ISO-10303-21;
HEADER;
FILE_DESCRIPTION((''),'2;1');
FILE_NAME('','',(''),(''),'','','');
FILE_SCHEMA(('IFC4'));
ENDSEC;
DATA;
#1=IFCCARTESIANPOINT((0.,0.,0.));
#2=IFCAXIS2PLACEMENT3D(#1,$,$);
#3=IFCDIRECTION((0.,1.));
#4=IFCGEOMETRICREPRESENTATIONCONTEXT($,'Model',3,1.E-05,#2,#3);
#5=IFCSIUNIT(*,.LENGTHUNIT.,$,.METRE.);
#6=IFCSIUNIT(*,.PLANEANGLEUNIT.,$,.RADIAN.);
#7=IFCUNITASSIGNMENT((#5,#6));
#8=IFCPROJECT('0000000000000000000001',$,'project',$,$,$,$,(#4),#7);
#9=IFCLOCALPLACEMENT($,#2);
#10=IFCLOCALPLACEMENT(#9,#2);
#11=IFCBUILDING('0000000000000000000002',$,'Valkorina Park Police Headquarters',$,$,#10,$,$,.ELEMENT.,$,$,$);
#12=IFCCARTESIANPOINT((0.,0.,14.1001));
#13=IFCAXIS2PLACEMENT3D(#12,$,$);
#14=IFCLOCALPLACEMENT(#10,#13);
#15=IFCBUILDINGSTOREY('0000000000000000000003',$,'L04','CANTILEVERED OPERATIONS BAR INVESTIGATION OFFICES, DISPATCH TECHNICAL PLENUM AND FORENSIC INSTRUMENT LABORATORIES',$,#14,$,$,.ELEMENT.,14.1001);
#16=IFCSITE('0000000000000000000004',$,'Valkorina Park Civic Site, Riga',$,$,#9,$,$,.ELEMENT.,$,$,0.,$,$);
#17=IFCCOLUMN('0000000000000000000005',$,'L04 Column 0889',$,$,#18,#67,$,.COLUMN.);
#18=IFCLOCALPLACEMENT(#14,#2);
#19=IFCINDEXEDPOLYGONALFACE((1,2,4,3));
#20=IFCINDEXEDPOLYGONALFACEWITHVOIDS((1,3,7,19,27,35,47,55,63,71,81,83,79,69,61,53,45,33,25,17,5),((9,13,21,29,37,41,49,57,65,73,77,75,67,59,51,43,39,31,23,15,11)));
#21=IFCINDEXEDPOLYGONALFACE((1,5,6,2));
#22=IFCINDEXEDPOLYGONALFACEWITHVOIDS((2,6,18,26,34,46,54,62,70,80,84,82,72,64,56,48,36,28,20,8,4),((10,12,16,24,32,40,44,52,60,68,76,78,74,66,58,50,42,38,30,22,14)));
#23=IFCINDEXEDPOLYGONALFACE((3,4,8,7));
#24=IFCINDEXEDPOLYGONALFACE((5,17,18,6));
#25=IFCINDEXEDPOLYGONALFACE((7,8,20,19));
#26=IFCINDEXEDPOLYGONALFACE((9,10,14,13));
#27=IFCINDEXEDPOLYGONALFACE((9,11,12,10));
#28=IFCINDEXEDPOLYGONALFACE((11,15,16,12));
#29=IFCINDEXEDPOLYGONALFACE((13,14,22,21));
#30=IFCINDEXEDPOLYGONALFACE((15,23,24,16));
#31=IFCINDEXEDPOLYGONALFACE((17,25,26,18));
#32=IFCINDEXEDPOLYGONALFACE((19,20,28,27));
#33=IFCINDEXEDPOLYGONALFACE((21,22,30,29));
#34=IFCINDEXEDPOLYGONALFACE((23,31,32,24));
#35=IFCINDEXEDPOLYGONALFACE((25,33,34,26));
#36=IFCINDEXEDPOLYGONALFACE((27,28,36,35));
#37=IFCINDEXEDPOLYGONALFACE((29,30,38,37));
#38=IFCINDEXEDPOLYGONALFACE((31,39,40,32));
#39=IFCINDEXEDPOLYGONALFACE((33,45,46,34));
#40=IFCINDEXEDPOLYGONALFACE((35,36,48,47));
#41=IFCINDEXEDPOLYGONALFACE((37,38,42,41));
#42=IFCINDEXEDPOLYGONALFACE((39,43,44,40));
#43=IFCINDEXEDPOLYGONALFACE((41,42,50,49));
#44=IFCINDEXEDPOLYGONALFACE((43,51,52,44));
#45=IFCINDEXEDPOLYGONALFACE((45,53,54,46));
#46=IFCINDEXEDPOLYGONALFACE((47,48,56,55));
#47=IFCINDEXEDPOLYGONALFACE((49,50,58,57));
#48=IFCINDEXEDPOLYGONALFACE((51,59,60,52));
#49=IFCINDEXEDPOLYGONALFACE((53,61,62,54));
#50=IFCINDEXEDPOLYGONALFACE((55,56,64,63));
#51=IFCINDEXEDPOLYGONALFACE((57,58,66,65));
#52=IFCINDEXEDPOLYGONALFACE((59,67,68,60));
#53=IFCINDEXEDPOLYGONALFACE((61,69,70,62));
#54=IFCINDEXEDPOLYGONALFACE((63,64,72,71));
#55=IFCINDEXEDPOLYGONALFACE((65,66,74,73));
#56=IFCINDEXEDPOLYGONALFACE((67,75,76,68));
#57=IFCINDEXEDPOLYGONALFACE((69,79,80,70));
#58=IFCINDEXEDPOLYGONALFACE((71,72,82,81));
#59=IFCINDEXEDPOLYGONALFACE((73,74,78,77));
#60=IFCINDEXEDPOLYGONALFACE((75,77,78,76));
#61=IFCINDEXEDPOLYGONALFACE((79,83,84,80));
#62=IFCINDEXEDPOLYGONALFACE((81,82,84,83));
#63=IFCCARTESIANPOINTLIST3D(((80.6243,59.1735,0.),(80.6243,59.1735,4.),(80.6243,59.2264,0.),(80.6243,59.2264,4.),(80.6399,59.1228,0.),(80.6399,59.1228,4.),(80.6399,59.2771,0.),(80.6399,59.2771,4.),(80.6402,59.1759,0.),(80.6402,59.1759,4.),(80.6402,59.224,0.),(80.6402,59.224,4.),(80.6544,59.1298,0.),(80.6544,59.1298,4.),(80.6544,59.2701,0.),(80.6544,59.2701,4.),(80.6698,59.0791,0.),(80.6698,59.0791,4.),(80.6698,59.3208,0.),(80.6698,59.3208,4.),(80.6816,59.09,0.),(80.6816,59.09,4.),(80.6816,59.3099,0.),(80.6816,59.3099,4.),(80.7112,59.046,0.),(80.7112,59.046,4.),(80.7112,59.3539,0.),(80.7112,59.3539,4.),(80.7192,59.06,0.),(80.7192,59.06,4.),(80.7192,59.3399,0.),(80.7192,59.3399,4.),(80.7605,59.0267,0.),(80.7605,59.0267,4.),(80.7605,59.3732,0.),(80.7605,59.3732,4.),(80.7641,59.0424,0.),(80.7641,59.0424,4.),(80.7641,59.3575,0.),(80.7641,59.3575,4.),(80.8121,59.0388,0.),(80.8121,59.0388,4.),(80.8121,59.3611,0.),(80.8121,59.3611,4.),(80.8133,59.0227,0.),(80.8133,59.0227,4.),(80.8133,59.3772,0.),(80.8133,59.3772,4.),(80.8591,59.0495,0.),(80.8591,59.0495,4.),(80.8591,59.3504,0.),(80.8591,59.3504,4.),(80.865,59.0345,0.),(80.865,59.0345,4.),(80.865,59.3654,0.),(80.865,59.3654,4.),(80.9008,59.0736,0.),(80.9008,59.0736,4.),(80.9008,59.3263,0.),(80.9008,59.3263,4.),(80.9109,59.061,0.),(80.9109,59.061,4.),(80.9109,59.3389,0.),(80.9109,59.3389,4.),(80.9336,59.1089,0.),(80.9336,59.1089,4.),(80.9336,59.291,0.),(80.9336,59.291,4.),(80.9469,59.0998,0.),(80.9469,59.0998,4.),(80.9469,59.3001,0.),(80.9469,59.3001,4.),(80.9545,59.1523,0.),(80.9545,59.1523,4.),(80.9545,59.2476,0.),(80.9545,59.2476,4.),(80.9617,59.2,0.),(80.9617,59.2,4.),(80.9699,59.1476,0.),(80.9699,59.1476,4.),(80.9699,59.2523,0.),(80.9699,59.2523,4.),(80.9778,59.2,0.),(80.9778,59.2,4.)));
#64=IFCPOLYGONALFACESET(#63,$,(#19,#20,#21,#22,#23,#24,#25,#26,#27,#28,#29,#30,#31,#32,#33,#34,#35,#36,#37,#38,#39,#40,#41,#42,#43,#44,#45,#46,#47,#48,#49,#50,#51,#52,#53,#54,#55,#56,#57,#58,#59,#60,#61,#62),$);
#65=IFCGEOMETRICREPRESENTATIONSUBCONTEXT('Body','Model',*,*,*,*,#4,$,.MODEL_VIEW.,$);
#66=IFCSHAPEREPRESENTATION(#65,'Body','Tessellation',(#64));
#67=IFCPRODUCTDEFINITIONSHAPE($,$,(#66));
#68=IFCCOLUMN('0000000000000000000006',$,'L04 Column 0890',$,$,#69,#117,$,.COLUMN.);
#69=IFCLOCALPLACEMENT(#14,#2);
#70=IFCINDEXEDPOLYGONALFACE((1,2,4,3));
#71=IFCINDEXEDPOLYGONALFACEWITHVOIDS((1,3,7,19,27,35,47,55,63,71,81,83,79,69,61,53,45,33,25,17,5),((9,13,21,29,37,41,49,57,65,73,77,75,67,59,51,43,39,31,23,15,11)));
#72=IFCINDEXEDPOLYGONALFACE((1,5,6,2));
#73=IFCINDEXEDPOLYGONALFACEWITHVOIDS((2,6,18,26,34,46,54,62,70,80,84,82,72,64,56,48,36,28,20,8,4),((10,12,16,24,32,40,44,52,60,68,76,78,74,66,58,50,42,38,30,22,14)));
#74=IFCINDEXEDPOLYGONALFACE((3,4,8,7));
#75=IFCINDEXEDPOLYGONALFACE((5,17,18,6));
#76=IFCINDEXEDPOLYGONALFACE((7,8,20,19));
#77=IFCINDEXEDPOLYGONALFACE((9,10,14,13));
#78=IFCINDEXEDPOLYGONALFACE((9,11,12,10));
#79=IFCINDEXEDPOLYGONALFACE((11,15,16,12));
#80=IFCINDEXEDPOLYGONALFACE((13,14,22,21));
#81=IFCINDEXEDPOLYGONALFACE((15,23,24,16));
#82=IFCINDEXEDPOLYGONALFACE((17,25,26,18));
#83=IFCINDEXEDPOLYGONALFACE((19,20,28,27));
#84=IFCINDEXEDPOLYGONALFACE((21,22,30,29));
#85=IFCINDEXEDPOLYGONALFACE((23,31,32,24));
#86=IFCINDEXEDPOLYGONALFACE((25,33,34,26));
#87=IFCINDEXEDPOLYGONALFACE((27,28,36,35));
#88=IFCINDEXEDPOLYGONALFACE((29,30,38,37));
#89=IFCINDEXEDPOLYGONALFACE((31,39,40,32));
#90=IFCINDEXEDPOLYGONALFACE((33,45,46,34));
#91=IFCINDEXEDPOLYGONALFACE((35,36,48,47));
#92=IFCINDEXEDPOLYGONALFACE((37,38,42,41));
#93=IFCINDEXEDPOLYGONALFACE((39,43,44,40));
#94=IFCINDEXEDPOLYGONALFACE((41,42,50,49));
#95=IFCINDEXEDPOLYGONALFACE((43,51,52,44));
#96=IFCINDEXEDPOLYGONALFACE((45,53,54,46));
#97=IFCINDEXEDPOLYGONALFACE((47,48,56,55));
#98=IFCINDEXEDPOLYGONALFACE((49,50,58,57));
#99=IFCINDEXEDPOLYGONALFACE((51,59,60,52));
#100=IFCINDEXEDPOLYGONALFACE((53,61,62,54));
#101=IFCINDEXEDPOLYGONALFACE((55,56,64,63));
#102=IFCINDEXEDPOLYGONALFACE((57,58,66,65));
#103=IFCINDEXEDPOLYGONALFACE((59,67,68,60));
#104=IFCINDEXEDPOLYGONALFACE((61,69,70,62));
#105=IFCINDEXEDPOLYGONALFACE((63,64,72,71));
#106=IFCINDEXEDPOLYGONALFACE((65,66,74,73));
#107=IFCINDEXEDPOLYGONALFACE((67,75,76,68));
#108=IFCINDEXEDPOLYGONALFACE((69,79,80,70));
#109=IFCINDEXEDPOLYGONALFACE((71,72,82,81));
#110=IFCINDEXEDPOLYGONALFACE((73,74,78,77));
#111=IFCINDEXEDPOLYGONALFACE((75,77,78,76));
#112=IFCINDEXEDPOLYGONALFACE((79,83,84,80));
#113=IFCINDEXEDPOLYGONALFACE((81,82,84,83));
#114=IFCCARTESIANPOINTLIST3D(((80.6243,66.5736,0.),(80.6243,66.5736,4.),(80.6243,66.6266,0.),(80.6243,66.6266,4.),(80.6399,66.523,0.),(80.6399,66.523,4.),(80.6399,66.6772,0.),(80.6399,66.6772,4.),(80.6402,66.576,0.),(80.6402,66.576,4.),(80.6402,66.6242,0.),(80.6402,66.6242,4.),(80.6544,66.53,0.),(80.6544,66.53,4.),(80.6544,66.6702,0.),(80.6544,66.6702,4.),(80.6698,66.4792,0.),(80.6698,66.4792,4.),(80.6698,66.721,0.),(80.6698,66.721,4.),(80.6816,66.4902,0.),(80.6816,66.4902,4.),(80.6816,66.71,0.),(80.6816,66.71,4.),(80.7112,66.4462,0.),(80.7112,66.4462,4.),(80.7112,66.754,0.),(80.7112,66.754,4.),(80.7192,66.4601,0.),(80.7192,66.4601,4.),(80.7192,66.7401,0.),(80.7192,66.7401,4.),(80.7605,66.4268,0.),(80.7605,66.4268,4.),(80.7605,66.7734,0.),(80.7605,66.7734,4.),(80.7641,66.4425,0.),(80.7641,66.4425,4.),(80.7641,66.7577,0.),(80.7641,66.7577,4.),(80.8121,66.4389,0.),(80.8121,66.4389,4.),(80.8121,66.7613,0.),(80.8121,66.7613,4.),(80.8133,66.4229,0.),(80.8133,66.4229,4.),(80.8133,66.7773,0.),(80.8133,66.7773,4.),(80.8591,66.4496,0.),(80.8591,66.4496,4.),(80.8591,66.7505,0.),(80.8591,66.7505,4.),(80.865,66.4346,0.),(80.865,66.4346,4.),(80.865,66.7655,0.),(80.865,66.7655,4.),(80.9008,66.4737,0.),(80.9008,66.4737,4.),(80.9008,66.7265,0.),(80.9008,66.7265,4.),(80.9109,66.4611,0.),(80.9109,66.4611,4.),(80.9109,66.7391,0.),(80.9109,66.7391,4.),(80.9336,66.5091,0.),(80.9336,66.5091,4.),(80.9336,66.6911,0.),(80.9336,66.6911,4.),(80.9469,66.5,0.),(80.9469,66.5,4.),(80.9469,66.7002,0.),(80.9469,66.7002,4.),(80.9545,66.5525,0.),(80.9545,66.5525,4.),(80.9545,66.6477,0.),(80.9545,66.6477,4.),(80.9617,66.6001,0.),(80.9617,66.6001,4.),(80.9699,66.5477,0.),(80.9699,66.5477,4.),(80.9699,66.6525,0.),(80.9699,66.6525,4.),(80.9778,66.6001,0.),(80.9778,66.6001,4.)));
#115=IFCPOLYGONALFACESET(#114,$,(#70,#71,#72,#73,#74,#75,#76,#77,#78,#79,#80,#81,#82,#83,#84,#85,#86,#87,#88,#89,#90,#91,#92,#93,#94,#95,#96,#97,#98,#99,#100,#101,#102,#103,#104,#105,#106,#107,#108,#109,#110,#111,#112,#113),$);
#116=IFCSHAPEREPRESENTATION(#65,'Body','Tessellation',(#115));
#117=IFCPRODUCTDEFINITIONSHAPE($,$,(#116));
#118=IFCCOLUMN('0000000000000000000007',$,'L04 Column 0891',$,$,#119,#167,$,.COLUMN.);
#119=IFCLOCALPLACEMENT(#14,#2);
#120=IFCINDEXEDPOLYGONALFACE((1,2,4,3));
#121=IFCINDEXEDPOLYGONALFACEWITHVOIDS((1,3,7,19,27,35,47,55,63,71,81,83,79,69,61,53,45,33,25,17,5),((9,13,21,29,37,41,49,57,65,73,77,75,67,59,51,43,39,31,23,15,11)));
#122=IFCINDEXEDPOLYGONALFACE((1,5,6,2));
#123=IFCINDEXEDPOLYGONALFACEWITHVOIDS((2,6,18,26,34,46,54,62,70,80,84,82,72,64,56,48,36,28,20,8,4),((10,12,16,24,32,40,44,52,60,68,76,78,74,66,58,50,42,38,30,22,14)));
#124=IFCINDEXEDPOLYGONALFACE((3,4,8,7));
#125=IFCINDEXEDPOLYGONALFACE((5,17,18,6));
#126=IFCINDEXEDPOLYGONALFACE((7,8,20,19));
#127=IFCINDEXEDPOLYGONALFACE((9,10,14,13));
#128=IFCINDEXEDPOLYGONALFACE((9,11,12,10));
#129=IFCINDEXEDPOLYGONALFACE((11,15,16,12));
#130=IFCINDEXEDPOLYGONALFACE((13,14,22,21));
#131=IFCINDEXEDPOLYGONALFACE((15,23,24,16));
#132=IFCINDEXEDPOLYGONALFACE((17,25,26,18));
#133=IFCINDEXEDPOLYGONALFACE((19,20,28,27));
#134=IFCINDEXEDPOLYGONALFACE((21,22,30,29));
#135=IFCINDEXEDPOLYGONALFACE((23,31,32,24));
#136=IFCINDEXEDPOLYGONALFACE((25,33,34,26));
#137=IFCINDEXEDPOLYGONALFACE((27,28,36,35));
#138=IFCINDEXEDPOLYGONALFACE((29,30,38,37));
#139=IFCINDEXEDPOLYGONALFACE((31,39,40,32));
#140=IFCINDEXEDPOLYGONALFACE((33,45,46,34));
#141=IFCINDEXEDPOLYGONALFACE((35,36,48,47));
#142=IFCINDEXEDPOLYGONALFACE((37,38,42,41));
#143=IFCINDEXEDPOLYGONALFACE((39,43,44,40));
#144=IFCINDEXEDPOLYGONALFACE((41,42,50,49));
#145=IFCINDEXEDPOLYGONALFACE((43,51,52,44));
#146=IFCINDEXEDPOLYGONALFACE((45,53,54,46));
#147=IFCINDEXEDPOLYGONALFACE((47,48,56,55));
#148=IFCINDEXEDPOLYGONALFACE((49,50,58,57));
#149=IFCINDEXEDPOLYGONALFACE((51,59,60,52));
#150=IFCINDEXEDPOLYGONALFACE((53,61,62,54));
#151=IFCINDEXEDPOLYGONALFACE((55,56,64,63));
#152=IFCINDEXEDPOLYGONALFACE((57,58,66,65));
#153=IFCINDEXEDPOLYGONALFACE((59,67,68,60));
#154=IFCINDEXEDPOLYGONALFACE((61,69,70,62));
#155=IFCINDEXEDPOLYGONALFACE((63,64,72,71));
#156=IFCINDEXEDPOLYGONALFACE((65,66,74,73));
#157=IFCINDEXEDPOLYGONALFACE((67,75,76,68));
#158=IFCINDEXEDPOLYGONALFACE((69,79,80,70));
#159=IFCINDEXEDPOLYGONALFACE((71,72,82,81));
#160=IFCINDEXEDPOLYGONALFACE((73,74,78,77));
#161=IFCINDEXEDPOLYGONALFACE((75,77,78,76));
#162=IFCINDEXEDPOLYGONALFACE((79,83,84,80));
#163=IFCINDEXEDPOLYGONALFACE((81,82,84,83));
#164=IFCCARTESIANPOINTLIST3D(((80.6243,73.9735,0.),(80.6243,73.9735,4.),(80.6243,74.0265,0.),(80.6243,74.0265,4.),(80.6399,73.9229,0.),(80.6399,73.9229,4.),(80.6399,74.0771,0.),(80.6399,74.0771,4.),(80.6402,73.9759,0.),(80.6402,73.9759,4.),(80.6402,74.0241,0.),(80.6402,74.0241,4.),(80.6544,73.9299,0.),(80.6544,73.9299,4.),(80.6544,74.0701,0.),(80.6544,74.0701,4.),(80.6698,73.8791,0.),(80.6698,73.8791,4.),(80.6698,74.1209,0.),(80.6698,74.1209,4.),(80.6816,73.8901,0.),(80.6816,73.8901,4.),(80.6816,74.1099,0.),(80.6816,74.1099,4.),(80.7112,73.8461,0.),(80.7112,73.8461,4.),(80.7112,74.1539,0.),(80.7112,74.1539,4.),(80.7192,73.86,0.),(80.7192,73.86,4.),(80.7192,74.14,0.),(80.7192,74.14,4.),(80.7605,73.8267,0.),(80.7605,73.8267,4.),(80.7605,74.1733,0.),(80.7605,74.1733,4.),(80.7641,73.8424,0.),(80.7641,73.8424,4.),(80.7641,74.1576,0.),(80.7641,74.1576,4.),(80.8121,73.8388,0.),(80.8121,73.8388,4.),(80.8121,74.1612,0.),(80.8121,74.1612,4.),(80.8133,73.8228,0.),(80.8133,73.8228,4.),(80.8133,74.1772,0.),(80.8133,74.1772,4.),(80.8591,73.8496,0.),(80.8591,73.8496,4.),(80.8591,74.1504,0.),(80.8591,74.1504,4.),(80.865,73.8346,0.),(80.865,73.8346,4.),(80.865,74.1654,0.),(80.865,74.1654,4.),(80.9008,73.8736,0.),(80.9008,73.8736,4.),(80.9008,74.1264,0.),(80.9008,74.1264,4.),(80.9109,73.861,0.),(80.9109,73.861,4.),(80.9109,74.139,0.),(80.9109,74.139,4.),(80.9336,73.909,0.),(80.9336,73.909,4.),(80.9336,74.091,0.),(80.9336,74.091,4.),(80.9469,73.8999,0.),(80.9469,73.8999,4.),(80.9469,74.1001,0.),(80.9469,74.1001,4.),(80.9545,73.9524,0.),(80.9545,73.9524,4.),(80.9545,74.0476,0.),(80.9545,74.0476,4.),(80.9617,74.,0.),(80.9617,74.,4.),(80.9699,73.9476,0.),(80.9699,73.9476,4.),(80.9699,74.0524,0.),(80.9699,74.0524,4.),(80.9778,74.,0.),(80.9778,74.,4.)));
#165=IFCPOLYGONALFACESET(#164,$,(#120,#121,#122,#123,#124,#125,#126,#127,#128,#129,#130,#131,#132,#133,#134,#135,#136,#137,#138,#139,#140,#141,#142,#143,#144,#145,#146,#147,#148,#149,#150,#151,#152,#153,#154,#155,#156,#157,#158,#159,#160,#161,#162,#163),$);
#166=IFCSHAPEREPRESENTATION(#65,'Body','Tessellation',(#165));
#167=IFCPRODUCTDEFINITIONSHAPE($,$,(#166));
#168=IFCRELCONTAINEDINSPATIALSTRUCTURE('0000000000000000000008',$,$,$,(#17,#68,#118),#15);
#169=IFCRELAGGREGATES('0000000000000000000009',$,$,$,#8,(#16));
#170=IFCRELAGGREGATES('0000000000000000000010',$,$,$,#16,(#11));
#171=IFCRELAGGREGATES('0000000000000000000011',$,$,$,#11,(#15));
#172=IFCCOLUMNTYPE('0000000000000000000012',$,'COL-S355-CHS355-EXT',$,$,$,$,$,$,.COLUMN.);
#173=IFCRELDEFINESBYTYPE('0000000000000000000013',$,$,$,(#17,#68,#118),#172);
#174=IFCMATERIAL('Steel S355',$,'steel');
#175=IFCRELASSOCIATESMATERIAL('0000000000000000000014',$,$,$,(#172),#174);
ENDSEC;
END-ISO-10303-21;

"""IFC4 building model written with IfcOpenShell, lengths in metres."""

from ifc_helpers import new_model, si_unit, direction, frame, origin, origin_2d, place, context, subcontext, project, spatial, hollow_circle, extrude, material, material_profile, profile_set, type_object, element, save


model = new_model("IFC4")

# Units and contexts
model_context = context("Model", 3, precision=1e-05, world=origin(), true_north=direction((0.0, 1.0)))
body_context = subcontext(model_context, "Body", "Model", "MODEL_VIEW")
ifc_project = project(units=[si_unit("LENGTHUNIT", "METRE"), si_unit("PLANEANGLEUNIT", "RADIAN")], contexts=[model_context])

# Site, building, storey
site_placement = place(None, origin())
site = spatial("IfcSite", under=ifc_project, at=site_placement, Name="Valkorina Park Civic Site, Riga", CompositionType="ELEMENT", RefElevation=0.0)
building_placement = place(site_placement, origin())
building = spatial("IfcBuilding", under=site, at=building_placement, Name="Valkorina Park Police Headquarters", CompositionType="ELEMENT")
storey_placement = place(building_placement, frame((0.0, 0.0, 14.1001)))
storey = spatial("IfcBuildingStorey", under=building, at=storey_placement, Name="L04", Description="CANTILEVERED OPERATIONS BAR INVESTIGATION OFFICES, DISPATCH TECHNICAL PLENUM AND FORENSIC INSTRUMENT LABORATORIES", CompositionType="ELEMENT", Elevation=14.1001)

# Columns
ifc_material_1 = material(Name="Steel S355", Category="steel")
ifc_material_profile_1 = material_profile(ifc_material_1, hollow_circle(Radius=0.1777, WallThickness=0.0161, at=origin_2d()), Name="CHS 355.6x16")
ifc_profile_set_1 = profile_set([ifc_material_profile_1], Name="Steel S355")
column_type = type_object("IfcColumnType", Name="COL-S355-CHS355-EXT", PredefinedType="COLUMN", material=ifc_profile_set_1)
for number, where, z_axis, x_axis, name in (
    (1, (80.8, 59.2, 0.0), (0.0, 0.0, 1.0), (1.0, 0.0, 0.0), "L04 Column 0889"),
    (2, (80.8, 66.6001, 0.0), (0.0, 0.0, 1.0), (1.0, 0.0, 0.0), "L04 Column 0890"),
    (3, (80.8, 74.0, 0.0), (0.0, 0.0, 1.0), (1.0, 0.0, 0.0), "L04 Column 0891"),
):
    element("IfcColumn", number, at=place(storey_placement, frame(where, z_axis=z_axis, x_axis=x_axis)), inside=storey, type_object=column_type, Name=name, PredefinedType="COLUMN", context=body_context, shape_type="SweptSolid", body=[
        extrude(hollow_circle(Radius=0.1777, WallThickness=0.0161, at=origin_2d()), origin(), (0.0, 0.0, 1.0), 4.0),
    ])

save(model, "model.ifc")
